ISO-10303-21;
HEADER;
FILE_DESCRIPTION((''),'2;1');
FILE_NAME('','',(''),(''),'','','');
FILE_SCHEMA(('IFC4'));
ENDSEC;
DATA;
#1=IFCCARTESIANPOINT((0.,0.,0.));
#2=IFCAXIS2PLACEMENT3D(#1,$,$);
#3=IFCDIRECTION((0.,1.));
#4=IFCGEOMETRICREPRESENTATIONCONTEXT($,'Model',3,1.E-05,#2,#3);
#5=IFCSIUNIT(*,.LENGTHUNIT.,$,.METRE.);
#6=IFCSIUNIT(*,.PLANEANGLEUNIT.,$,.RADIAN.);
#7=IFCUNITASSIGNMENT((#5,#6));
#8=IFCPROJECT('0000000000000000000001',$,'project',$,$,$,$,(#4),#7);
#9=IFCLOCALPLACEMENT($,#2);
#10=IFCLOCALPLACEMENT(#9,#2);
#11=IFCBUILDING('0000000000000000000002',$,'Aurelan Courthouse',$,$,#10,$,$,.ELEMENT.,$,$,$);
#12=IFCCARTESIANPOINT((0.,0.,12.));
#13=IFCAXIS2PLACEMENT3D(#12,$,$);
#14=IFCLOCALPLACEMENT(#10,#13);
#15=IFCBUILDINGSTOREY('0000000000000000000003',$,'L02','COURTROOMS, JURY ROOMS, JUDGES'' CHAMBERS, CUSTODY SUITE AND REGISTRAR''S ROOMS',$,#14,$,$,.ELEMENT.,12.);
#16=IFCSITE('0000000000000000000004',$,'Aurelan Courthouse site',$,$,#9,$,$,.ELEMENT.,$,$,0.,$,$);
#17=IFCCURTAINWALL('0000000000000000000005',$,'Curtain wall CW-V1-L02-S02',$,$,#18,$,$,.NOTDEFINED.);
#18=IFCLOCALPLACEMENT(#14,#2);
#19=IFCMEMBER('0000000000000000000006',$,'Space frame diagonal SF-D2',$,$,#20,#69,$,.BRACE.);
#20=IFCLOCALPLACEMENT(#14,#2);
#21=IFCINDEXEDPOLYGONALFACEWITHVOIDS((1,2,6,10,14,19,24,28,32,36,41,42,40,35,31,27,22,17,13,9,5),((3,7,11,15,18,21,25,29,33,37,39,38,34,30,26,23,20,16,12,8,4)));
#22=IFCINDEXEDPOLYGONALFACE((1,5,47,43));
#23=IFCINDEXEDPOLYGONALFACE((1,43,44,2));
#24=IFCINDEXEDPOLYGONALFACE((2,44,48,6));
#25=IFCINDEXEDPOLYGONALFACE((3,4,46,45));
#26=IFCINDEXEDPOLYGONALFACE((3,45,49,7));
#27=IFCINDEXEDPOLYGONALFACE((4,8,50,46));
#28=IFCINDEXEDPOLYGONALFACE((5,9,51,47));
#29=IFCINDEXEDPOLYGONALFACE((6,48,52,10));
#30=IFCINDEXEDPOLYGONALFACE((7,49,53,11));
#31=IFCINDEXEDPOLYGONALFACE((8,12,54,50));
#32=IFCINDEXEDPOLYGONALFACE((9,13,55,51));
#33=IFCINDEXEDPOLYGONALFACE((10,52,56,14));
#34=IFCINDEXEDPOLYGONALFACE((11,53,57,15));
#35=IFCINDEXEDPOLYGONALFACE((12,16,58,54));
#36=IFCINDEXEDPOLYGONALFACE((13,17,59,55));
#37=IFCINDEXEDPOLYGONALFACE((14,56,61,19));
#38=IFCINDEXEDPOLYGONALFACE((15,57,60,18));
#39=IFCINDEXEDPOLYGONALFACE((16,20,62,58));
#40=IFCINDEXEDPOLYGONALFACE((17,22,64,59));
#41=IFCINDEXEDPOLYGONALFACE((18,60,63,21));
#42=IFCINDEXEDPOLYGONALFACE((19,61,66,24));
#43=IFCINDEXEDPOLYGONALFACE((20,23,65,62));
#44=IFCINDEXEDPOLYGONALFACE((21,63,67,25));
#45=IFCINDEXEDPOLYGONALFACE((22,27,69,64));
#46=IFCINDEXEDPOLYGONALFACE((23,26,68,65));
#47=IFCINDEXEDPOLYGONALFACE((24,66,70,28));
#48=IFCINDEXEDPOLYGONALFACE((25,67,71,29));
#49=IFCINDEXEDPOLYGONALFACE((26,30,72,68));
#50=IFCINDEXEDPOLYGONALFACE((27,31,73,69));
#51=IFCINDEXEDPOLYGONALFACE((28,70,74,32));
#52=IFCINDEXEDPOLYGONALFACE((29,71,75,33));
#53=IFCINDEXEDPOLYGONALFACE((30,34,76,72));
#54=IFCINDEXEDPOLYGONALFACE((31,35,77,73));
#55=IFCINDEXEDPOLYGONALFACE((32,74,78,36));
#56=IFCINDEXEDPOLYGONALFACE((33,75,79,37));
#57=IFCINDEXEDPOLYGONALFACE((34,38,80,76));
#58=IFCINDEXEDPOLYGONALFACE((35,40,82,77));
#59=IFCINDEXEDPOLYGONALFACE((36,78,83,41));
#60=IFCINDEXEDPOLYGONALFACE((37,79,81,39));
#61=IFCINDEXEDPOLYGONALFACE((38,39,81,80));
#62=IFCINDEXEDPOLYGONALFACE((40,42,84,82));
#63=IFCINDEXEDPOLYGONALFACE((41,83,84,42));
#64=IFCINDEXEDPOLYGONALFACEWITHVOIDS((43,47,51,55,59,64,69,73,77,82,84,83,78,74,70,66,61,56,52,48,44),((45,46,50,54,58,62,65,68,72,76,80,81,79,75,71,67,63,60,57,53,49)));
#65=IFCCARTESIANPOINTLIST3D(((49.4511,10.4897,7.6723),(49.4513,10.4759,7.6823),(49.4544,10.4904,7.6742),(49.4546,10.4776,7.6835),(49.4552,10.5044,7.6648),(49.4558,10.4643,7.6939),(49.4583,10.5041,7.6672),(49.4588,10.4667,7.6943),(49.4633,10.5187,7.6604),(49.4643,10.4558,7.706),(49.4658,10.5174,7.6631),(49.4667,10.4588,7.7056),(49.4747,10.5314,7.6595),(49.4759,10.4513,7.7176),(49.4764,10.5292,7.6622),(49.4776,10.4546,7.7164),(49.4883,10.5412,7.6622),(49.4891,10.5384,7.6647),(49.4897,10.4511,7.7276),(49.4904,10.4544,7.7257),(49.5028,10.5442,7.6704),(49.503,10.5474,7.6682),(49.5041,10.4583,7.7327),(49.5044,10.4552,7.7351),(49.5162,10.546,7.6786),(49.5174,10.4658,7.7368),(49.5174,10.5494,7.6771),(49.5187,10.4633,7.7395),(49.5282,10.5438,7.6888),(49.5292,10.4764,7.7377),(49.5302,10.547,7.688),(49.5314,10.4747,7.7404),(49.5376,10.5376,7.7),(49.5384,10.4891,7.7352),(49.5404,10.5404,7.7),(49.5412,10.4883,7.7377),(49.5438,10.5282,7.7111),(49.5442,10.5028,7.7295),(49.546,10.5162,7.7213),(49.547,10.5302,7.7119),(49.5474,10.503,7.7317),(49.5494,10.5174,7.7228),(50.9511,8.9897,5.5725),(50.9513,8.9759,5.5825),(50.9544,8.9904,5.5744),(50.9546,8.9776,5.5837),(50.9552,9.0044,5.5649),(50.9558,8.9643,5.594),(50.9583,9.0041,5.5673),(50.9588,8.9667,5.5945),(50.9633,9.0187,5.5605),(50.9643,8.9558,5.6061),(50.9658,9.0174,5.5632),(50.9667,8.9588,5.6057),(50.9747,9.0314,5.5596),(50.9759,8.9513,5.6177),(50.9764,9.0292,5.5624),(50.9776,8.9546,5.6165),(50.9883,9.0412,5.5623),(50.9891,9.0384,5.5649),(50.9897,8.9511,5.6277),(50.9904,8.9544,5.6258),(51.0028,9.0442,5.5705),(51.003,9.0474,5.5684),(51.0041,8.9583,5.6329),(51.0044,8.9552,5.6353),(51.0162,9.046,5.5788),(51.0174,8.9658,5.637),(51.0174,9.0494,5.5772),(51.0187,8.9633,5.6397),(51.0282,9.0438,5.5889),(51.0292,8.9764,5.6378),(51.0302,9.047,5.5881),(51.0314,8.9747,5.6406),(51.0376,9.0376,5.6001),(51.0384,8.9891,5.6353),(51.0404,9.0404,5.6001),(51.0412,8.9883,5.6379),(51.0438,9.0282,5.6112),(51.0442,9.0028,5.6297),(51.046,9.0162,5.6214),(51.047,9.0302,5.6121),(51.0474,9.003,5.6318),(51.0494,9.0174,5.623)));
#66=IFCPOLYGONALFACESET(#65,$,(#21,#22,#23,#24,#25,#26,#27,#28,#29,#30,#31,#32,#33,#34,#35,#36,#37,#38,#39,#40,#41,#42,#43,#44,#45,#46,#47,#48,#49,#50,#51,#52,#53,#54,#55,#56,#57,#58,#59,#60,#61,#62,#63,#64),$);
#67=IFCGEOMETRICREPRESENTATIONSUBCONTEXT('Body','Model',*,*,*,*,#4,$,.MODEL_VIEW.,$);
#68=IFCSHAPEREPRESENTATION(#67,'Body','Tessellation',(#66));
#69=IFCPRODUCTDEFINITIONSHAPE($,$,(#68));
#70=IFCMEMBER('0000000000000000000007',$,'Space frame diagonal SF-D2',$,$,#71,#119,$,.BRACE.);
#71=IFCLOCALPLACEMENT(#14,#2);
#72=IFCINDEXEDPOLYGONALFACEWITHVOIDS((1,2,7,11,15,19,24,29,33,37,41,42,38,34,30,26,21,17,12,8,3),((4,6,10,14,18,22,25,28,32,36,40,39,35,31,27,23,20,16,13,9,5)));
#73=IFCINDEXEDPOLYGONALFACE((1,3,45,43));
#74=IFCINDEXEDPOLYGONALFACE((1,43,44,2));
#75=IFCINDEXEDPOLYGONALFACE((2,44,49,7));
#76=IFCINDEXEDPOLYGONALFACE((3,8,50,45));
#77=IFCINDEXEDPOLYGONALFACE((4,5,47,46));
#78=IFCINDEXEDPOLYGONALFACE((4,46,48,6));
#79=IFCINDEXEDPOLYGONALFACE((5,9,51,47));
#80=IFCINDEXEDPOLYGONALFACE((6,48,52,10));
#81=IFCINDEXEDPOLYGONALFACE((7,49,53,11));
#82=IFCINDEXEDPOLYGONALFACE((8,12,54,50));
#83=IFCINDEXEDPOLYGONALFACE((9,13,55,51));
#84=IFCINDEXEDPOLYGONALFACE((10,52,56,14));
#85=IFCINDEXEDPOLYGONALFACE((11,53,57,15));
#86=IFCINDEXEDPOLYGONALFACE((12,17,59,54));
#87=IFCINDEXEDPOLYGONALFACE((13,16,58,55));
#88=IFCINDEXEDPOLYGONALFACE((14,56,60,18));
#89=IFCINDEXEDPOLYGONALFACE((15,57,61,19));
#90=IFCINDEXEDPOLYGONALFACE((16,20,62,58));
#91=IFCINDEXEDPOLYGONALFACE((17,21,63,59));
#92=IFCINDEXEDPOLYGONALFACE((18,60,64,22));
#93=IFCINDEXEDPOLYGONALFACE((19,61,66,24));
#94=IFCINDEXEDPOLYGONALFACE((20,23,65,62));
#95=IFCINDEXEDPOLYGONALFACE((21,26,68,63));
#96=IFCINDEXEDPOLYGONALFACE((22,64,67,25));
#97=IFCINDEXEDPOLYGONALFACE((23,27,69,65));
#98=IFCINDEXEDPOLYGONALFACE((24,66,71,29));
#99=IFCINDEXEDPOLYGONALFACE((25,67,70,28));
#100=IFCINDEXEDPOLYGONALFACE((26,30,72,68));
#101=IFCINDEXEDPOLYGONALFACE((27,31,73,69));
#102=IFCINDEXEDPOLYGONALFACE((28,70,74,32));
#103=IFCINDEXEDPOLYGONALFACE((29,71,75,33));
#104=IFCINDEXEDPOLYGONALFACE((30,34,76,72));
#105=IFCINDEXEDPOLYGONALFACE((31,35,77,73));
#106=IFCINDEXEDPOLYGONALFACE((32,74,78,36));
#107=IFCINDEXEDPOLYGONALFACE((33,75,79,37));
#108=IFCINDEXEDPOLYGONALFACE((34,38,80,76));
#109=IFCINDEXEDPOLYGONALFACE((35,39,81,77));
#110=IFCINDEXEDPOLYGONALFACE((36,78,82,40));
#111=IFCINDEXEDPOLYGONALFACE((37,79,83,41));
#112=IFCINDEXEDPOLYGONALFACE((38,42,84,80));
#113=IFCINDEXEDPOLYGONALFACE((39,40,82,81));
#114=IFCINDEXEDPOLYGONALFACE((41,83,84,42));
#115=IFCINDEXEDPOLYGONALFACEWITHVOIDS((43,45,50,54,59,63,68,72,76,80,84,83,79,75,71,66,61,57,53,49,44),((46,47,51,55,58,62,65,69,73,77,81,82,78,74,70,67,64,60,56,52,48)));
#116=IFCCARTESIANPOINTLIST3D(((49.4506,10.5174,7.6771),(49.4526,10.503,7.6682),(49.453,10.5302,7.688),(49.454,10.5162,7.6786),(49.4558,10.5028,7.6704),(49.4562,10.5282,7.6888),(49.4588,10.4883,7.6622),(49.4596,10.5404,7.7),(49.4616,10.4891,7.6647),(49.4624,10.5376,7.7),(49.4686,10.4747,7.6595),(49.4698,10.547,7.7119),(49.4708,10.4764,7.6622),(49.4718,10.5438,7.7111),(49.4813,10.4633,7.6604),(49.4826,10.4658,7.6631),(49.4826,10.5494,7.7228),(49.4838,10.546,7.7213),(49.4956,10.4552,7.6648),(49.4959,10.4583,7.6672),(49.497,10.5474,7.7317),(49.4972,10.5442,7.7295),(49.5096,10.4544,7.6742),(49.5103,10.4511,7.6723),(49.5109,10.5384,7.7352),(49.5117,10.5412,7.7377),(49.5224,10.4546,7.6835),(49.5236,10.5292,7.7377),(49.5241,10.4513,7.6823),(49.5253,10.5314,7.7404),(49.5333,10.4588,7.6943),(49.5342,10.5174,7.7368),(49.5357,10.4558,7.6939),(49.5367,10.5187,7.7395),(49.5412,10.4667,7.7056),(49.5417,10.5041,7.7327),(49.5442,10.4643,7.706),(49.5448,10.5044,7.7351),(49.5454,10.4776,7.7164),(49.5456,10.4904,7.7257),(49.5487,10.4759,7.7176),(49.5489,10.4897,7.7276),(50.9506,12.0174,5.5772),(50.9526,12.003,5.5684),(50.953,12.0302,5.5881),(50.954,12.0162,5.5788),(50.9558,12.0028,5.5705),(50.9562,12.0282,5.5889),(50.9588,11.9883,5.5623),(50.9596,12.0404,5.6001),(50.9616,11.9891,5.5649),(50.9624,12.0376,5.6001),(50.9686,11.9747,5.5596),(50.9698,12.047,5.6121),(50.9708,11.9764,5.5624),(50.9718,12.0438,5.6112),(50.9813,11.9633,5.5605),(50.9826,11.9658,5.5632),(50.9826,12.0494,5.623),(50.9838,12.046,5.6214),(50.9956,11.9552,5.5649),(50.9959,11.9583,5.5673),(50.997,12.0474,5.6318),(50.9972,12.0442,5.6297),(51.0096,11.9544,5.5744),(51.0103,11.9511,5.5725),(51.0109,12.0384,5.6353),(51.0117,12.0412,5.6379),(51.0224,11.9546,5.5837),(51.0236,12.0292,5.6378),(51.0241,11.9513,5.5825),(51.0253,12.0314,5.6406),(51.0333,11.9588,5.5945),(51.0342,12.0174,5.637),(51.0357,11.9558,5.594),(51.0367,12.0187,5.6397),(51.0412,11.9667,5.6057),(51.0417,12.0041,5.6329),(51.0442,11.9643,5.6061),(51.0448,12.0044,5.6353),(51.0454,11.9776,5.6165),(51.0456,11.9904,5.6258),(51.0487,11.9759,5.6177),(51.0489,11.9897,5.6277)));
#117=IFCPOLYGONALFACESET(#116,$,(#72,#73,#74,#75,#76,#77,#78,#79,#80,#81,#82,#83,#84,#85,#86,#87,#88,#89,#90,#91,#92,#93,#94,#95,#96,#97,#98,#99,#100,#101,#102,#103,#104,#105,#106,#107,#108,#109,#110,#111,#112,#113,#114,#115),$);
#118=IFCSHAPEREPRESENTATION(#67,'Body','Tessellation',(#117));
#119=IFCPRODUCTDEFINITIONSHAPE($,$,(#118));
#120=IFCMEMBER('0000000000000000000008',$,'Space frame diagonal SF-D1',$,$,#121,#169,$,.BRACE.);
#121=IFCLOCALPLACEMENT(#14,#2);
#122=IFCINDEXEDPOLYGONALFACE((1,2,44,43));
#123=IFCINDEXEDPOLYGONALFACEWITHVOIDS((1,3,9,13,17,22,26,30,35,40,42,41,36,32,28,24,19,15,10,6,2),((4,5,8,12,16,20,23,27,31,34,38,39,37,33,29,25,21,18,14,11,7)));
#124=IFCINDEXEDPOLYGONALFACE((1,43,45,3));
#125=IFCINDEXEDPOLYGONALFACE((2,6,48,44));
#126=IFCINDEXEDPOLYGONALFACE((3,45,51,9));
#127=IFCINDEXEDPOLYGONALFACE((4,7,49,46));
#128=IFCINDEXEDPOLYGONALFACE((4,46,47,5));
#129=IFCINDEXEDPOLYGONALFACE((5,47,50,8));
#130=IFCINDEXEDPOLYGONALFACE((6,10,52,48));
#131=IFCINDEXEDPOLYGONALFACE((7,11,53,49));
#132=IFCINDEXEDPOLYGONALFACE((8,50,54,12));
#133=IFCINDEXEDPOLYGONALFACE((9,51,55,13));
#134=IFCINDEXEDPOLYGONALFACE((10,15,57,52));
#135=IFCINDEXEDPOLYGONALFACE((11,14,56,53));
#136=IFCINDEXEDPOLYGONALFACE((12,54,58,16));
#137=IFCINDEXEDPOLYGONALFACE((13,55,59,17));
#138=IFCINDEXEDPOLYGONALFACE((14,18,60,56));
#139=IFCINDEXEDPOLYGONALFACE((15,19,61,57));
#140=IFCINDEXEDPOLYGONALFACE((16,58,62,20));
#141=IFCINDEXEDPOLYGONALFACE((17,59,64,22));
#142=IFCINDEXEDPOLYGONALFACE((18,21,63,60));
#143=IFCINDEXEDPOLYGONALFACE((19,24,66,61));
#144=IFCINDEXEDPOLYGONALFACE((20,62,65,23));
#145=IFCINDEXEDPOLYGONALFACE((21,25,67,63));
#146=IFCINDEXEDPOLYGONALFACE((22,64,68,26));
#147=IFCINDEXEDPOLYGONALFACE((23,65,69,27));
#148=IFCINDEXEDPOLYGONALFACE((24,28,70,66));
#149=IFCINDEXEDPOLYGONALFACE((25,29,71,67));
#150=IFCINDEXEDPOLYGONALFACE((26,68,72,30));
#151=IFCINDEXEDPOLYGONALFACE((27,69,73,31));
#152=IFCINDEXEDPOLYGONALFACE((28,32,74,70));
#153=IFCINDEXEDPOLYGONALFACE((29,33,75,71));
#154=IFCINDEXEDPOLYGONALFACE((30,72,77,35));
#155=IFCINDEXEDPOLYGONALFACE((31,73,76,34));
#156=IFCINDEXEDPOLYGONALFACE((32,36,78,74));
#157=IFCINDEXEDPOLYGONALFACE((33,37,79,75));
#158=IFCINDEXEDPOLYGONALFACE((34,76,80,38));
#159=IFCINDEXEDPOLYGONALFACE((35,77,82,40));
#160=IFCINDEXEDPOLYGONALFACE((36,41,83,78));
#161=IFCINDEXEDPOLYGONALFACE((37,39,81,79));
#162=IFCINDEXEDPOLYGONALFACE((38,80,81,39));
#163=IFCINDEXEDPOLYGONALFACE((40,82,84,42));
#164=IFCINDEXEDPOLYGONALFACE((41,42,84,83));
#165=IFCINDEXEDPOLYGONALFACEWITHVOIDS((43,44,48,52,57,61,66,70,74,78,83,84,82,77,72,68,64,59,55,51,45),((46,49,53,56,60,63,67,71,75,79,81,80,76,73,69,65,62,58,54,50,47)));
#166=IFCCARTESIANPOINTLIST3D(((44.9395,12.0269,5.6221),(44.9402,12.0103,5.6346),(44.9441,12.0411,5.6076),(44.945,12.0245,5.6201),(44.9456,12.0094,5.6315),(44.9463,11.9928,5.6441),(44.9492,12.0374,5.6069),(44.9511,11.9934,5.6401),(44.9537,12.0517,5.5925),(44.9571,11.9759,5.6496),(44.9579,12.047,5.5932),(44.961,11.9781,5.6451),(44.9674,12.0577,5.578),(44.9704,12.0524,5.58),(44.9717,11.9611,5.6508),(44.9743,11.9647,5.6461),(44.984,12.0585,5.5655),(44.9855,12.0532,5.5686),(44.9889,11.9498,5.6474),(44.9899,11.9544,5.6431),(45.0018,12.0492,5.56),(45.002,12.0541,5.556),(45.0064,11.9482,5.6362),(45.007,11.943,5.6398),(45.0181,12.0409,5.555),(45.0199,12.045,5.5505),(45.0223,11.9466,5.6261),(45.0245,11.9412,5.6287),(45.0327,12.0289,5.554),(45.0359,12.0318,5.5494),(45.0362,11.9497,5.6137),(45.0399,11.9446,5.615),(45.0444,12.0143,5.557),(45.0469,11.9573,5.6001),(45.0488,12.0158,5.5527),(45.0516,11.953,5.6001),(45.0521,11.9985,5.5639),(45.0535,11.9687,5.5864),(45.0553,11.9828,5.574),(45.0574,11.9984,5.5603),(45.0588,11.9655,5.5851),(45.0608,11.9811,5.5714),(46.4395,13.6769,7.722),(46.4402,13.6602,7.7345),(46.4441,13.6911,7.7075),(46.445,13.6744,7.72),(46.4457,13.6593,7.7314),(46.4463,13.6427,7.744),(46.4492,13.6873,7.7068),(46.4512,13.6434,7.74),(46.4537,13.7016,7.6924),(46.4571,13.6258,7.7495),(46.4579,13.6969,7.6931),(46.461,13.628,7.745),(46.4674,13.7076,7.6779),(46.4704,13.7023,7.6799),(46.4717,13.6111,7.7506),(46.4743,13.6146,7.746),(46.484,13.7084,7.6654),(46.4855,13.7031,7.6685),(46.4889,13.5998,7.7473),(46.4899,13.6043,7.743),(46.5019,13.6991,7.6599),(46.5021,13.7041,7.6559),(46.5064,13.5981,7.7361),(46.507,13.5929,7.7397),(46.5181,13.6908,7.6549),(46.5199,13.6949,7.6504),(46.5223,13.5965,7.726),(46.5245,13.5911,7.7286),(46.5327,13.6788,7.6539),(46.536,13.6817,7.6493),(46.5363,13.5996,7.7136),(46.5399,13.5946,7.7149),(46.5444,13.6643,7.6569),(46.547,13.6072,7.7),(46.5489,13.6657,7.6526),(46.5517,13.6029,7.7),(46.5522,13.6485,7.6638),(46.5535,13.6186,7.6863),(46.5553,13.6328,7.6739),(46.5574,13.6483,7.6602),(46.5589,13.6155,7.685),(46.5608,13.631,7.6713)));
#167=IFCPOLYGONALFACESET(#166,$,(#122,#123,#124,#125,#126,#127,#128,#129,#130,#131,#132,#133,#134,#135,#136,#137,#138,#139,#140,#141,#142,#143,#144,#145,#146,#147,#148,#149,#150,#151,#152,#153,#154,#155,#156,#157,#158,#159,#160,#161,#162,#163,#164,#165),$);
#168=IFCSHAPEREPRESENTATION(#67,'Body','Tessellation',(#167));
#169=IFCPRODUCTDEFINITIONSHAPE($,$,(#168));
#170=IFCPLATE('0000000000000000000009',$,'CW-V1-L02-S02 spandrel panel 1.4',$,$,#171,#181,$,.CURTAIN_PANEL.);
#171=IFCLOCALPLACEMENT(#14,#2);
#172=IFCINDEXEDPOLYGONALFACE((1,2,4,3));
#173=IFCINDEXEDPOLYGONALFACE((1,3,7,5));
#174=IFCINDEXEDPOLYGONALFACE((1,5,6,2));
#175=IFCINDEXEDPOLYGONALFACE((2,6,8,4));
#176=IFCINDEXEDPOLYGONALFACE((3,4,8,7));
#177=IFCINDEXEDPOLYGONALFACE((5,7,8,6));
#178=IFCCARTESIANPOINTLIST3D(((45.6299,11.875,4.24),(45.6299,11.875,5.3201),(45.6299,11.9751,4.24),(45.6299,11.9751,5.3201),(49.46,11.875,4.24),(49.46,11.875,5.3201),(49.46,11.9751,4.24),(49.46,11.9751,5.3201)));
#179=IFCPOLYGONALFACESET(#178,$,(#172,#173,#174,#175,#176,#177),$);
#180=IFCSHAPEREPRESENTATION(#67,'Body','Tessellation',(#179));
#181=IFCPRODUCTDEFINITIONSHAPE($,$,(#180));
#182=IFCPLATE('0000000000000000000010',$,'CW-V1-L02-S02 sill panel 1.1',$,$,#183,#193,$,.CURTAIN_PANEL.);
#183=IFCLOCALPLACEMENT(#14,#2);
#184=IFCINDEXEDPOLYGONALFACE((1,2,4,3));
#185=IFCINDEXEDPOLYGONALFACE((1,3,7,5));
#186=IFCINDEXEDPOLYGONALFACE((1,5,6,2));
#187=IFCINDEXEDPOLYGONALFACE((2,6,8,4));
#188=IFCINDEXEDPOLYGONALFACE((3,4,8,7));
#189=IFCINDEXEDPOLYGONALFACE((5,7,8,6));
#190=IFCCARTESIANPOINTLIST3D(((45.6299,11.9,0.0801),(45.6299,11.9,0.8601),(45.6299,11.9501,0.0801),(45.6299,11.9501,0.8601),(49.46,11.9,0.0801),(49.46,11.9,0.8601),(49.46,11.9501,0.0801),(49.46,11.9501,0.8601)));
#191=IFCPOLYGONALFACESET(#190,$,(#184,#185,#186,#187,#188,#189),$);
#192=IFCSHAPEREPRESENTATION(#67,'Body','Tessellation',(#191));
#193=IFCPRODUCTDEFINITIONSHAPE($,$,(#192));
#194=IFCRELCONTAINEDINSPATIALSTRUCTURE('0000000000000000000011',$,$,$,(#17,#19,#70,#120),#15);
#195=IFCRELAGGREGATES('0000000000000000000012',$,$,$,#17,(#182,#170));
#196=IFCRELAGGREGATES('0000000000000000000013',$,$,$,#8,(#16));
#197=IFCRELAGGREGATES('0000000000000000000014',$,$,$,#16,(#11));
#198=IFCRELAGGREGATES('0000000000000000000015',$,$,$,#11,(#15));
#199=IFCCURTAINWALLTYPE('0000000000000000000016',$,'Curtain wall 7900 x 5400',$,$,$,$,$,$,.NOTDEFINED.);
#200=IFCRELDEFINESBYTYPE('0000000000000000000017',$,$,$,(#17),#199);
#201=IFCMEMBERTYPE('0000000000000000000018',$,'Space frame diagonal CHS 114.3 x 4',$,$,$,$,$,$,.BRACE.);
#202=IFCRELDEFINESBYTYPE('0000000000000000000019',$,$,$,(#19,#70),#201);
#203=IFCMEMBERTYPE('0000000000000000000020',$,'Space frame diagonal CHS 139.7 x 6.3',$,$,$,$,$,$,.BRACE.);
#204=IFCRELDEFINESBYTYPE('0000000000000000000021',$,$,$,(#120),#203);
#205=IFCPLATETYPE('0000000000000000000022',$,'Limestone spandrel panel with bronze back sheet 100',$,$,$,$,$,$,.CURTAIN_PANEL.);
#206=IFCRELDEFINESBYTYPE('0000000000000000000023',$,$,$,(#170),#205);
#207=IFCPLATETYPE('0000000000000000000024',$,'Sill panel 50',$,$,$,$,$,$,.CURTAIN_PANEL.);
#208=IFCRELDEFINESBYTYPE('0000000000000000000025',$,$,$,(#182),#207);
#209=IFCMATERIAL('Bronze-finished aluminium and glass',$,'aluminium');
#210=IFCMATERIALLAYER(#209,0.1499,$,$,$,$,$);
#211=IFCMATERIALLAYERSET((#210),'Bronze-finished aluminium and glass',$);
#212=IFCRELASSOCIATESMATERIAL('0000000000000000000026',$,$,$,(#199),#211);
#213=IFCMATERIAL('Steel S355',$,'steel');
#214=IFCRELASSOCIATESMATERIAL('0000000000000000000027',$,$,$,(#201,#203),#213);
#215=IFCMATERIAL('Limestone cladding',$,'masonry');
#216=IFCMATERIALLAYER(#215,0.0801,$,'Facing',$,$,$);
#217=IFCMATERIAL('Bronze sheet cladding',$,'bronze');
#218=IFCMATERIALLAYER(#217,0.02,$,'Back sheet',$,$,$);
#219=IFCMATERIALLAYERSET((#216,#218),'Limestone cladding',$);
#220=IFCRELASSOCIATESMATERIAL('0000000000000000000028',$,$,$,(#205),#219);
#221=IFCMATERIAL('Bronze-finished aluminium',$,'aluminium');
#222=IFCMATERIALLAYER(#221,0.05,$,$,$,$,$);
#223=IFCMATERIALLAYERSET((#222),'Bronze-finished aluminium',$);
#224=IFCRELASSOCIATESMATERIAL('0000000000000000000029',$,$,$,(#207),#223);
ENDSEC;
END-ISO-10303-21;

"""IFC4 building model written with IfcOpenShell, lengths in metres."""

from ifc_helpers import new_model, si_unit, direction, frame, origin, origin_2d, place, context, subcontext, project, spatial, rectangle, hollow_circle, extrude, material, layer, layer_set, material_profile, profile_set, type_object, element, aggregate, save


model = new_model("IFC4")

# Units and contexts
model_context = context("Model", 3, precision=1e-05, world=origin(), true_north=direction((0.0, 1.0)))
body_context = subcontext(model_context, "Body", "Model", "MODEL_VIEW")
ifc_project = project(units=[si_unit("LENGTHUNIT", "METRE"), si_unit("PLANEANGLEUNIT", "RADIAN")], contexts=[model_context])

# Site, building, storey
site_placement = place(None, origin())
site = spatial("IfcSite", under=ifc_project, at=site_placement, Name="Aurelan Courthouse site", CompositionType="ELEMENT", RefElevation=0.0)
building_placement = place(site_placement, origin())
building = spatial("IfcBuilding", under=site, at=building_placement, Name="Aurelan Courthouse", CompositionType="ELEMENT")
storey_placement = place(building_placement, frame((0.0, 0.0, 12.0)))
storey = spatial("IfcBuildingStorey", under=building, at=storey_placement, Name="L02", Description="COURTROOMS, JURY ROOMS, JUDGES' CHAMBERS, CUSTODY SUITE AND REGISTRAR'S ROOMS", CompositionType="ELEMENT", Elevation=12.0)

# Curtain wall
ifc_material_1 = material(Name="Bronze-finished aluminium and glass", Category="aluminium")
ifc_layer_1 = layer(ifc_material_1, 0.1499)
ifc_layer_set_1 = layer_set([ifc_layer_1], Name="Bronze-finished aluminium and glass")
curtain_wall_type = type_object("IfcCurtainWallType", Name="Curtain wall 7900 x 5400", PredefinedType="NOTDEFINED", material=ifc_layer_set_1)
curtain_wall_placement = place(storey_placement, origin())
curtain_wall = element("IfcCurtainWall", 1, at=curtain_wall_placement, inside=storey, type_object=curtain_wall_type, Name="Curtain wall CW-V1-L02-S02", PredefinedType="NOTDEFINED")
ifc_material_2 = material(Name="Bronze-finished aluminium", Category="aluminium")

# Members
ifc_material_3 = material(Name="Steel S355", Category="steel")
ifc_material_profile_1 = material_profile(ifc_material_3, hollow_circle(Radius=0.0571, WallThickness=0.0039, at=origin_2d()), Name="CHS 114.3 x 4")
ifc_profile_set_1 = profile_set([ifc_material_profile_1], Name="Steel S355")
member_type_1 = type_object("IfcMemberType", Name="Space frame diagonal CHS 114.3 x 4", PredefinedType="BRACE", material=ifc_profile_set_1)
for number, where, z_axis, x_axis, name in (
    (2, (49.5, 10.5, 7.7), (0.502536, -0.502536, -0.703502), (0.707107, 0.707107, 0.0), "Space frame diagonal SF-D2"),
    (3, (49.5, 10.5, 7.7), (0.502536, 0.502536, -0.703502), (-0.707107, 0.707107, 0.0), "Space frame diagonal SF-D2"),
):
    element("IfcMember", number, at=place(storey_placement, frame(where, z_axis=z_axis, x_axis=x_axis)), inside=storey, type_object=member_type_1, Name=name, PredefinedType="BRACE", context=body_context, shape_type="SweptSolid", body=[
        extrude(hollow_circle(Radius=0.0571, WallThickness=0.0039, at=origin_2d()), origin(), (0.0, 0.0, 1.0), 2.9849),
    ])
ifc_material_profile_2 = material_profile(ifc_material_3, hollow_circle(Radius=0.0698, WallThickness=0.0063, at=origin_2d()), Name="CHS 139.7 x 6.3")
ifc_profile_set_2 = profile_set([ifc_material_profile_2], Name="Steel S355")
member_type_2 = type_object("IfcMemberType", Name="Space frame diagonal CHS 139.7 x 6.3", PredefinedType="BRACE", material=ifc_profile_set_2)
member_1_placement = place(storey_placement, frame((46.5, 13.6499, 7.7), z_axis=(-0.489727, -0.538667, -0.685569), x_axis=(0.73992, -0.672695, 0.0)))
element("IfcMember", 4, at=member_1_placement, inside=storey, type_object=member_type_2, Name="Space frame diagonal SF-D1", PredefinedType="BRACE", context=body_context, shape_type="SweptSolid", body=[
    extrude(hollow_circle(Radius=0.0698, WallThickness=0.0063, at=origin_2d()), origin(), (0.0, 0.0, 1.0), 3.063),
])

# Plates
ifc_material_4 = material(Name="Limestone cladding", Category="masonry")
ifc_layer_2 = layer(ifc_material_4, 0.0801, Name="Facing")
ifc_material_5 = material(Name="Bronze sheet cladding", Category="bronze")
ifc_layer_3 = layer(ifc_material_5, 0.02, Name="Back sheet")
ifc_layer_set_2 = layer_set([ifc_layer_2, ifc_layer_3], Name="Limestone cladding")
plate_type_1 = type_object("IfcPlateType", Name="Limestone spandrel panel with bronze back sheet 100", PredefinedType="CURTAIN_PANEL", material=ifc_layer_set_2)
plate_1_placement = place(storey_placement, frame((47.5449, 11.925, 4.24), z_axis=(0.0, 0.0, 1.0), x_axis=(1.0, 0.0, 0.0)))
plate_1 = element("IfcPlate", 5, at=plate_1_placement, type_object=plate_type_1, Name="CW-V1-L02-S02 spandrel panel 1.4", PredefinedType="CURTAIN_PANEL", context=body_context, shape_type="SweptSolid", body=[
    extrude(rectangle(XDim=3.8301, YDim=0.1001, at=origin_2d()), origin(), (0.0, 0.0, 1.0), 1.0801),
])
ifc_layer_4 = layer(ifc_material_2, 0.05)
ifc_layer_set_3 = layer_set([ifc_layer_4], Name="Bronze-finished aluminium")
plate_type_2 = type_object("IfcPlateType", Name="Sill panel 50", PredefinedType="CURTAIN_PANEL", material=ifc_layer_set_3)
plate_2_placement = place(storey_placement, frame((47.5449, 11.925, 0.0801), z_axis=(0.0, 0.0, 1.0), x_axis=(1.0, 0.0, 0.0)))
plate_2 = element("IfcPlate", 6, at=plate_2_placement, type_object=plate_type_2, Name="CW-V1-L02-S02 sill panel 1.1", PredefinedType="CURTAIN_PANEL", context=body_context, shape_type="SweptSolid", body=[
    extrude(rectangle(XDim=3.8301, YDim=0.05, at=origin_2d()), origin(), (0.0, 0.0, 1.0), 0.78),
])
aggregate(curtain_wall, [plate_2, plate_1])

save(model, "model.ifc")
